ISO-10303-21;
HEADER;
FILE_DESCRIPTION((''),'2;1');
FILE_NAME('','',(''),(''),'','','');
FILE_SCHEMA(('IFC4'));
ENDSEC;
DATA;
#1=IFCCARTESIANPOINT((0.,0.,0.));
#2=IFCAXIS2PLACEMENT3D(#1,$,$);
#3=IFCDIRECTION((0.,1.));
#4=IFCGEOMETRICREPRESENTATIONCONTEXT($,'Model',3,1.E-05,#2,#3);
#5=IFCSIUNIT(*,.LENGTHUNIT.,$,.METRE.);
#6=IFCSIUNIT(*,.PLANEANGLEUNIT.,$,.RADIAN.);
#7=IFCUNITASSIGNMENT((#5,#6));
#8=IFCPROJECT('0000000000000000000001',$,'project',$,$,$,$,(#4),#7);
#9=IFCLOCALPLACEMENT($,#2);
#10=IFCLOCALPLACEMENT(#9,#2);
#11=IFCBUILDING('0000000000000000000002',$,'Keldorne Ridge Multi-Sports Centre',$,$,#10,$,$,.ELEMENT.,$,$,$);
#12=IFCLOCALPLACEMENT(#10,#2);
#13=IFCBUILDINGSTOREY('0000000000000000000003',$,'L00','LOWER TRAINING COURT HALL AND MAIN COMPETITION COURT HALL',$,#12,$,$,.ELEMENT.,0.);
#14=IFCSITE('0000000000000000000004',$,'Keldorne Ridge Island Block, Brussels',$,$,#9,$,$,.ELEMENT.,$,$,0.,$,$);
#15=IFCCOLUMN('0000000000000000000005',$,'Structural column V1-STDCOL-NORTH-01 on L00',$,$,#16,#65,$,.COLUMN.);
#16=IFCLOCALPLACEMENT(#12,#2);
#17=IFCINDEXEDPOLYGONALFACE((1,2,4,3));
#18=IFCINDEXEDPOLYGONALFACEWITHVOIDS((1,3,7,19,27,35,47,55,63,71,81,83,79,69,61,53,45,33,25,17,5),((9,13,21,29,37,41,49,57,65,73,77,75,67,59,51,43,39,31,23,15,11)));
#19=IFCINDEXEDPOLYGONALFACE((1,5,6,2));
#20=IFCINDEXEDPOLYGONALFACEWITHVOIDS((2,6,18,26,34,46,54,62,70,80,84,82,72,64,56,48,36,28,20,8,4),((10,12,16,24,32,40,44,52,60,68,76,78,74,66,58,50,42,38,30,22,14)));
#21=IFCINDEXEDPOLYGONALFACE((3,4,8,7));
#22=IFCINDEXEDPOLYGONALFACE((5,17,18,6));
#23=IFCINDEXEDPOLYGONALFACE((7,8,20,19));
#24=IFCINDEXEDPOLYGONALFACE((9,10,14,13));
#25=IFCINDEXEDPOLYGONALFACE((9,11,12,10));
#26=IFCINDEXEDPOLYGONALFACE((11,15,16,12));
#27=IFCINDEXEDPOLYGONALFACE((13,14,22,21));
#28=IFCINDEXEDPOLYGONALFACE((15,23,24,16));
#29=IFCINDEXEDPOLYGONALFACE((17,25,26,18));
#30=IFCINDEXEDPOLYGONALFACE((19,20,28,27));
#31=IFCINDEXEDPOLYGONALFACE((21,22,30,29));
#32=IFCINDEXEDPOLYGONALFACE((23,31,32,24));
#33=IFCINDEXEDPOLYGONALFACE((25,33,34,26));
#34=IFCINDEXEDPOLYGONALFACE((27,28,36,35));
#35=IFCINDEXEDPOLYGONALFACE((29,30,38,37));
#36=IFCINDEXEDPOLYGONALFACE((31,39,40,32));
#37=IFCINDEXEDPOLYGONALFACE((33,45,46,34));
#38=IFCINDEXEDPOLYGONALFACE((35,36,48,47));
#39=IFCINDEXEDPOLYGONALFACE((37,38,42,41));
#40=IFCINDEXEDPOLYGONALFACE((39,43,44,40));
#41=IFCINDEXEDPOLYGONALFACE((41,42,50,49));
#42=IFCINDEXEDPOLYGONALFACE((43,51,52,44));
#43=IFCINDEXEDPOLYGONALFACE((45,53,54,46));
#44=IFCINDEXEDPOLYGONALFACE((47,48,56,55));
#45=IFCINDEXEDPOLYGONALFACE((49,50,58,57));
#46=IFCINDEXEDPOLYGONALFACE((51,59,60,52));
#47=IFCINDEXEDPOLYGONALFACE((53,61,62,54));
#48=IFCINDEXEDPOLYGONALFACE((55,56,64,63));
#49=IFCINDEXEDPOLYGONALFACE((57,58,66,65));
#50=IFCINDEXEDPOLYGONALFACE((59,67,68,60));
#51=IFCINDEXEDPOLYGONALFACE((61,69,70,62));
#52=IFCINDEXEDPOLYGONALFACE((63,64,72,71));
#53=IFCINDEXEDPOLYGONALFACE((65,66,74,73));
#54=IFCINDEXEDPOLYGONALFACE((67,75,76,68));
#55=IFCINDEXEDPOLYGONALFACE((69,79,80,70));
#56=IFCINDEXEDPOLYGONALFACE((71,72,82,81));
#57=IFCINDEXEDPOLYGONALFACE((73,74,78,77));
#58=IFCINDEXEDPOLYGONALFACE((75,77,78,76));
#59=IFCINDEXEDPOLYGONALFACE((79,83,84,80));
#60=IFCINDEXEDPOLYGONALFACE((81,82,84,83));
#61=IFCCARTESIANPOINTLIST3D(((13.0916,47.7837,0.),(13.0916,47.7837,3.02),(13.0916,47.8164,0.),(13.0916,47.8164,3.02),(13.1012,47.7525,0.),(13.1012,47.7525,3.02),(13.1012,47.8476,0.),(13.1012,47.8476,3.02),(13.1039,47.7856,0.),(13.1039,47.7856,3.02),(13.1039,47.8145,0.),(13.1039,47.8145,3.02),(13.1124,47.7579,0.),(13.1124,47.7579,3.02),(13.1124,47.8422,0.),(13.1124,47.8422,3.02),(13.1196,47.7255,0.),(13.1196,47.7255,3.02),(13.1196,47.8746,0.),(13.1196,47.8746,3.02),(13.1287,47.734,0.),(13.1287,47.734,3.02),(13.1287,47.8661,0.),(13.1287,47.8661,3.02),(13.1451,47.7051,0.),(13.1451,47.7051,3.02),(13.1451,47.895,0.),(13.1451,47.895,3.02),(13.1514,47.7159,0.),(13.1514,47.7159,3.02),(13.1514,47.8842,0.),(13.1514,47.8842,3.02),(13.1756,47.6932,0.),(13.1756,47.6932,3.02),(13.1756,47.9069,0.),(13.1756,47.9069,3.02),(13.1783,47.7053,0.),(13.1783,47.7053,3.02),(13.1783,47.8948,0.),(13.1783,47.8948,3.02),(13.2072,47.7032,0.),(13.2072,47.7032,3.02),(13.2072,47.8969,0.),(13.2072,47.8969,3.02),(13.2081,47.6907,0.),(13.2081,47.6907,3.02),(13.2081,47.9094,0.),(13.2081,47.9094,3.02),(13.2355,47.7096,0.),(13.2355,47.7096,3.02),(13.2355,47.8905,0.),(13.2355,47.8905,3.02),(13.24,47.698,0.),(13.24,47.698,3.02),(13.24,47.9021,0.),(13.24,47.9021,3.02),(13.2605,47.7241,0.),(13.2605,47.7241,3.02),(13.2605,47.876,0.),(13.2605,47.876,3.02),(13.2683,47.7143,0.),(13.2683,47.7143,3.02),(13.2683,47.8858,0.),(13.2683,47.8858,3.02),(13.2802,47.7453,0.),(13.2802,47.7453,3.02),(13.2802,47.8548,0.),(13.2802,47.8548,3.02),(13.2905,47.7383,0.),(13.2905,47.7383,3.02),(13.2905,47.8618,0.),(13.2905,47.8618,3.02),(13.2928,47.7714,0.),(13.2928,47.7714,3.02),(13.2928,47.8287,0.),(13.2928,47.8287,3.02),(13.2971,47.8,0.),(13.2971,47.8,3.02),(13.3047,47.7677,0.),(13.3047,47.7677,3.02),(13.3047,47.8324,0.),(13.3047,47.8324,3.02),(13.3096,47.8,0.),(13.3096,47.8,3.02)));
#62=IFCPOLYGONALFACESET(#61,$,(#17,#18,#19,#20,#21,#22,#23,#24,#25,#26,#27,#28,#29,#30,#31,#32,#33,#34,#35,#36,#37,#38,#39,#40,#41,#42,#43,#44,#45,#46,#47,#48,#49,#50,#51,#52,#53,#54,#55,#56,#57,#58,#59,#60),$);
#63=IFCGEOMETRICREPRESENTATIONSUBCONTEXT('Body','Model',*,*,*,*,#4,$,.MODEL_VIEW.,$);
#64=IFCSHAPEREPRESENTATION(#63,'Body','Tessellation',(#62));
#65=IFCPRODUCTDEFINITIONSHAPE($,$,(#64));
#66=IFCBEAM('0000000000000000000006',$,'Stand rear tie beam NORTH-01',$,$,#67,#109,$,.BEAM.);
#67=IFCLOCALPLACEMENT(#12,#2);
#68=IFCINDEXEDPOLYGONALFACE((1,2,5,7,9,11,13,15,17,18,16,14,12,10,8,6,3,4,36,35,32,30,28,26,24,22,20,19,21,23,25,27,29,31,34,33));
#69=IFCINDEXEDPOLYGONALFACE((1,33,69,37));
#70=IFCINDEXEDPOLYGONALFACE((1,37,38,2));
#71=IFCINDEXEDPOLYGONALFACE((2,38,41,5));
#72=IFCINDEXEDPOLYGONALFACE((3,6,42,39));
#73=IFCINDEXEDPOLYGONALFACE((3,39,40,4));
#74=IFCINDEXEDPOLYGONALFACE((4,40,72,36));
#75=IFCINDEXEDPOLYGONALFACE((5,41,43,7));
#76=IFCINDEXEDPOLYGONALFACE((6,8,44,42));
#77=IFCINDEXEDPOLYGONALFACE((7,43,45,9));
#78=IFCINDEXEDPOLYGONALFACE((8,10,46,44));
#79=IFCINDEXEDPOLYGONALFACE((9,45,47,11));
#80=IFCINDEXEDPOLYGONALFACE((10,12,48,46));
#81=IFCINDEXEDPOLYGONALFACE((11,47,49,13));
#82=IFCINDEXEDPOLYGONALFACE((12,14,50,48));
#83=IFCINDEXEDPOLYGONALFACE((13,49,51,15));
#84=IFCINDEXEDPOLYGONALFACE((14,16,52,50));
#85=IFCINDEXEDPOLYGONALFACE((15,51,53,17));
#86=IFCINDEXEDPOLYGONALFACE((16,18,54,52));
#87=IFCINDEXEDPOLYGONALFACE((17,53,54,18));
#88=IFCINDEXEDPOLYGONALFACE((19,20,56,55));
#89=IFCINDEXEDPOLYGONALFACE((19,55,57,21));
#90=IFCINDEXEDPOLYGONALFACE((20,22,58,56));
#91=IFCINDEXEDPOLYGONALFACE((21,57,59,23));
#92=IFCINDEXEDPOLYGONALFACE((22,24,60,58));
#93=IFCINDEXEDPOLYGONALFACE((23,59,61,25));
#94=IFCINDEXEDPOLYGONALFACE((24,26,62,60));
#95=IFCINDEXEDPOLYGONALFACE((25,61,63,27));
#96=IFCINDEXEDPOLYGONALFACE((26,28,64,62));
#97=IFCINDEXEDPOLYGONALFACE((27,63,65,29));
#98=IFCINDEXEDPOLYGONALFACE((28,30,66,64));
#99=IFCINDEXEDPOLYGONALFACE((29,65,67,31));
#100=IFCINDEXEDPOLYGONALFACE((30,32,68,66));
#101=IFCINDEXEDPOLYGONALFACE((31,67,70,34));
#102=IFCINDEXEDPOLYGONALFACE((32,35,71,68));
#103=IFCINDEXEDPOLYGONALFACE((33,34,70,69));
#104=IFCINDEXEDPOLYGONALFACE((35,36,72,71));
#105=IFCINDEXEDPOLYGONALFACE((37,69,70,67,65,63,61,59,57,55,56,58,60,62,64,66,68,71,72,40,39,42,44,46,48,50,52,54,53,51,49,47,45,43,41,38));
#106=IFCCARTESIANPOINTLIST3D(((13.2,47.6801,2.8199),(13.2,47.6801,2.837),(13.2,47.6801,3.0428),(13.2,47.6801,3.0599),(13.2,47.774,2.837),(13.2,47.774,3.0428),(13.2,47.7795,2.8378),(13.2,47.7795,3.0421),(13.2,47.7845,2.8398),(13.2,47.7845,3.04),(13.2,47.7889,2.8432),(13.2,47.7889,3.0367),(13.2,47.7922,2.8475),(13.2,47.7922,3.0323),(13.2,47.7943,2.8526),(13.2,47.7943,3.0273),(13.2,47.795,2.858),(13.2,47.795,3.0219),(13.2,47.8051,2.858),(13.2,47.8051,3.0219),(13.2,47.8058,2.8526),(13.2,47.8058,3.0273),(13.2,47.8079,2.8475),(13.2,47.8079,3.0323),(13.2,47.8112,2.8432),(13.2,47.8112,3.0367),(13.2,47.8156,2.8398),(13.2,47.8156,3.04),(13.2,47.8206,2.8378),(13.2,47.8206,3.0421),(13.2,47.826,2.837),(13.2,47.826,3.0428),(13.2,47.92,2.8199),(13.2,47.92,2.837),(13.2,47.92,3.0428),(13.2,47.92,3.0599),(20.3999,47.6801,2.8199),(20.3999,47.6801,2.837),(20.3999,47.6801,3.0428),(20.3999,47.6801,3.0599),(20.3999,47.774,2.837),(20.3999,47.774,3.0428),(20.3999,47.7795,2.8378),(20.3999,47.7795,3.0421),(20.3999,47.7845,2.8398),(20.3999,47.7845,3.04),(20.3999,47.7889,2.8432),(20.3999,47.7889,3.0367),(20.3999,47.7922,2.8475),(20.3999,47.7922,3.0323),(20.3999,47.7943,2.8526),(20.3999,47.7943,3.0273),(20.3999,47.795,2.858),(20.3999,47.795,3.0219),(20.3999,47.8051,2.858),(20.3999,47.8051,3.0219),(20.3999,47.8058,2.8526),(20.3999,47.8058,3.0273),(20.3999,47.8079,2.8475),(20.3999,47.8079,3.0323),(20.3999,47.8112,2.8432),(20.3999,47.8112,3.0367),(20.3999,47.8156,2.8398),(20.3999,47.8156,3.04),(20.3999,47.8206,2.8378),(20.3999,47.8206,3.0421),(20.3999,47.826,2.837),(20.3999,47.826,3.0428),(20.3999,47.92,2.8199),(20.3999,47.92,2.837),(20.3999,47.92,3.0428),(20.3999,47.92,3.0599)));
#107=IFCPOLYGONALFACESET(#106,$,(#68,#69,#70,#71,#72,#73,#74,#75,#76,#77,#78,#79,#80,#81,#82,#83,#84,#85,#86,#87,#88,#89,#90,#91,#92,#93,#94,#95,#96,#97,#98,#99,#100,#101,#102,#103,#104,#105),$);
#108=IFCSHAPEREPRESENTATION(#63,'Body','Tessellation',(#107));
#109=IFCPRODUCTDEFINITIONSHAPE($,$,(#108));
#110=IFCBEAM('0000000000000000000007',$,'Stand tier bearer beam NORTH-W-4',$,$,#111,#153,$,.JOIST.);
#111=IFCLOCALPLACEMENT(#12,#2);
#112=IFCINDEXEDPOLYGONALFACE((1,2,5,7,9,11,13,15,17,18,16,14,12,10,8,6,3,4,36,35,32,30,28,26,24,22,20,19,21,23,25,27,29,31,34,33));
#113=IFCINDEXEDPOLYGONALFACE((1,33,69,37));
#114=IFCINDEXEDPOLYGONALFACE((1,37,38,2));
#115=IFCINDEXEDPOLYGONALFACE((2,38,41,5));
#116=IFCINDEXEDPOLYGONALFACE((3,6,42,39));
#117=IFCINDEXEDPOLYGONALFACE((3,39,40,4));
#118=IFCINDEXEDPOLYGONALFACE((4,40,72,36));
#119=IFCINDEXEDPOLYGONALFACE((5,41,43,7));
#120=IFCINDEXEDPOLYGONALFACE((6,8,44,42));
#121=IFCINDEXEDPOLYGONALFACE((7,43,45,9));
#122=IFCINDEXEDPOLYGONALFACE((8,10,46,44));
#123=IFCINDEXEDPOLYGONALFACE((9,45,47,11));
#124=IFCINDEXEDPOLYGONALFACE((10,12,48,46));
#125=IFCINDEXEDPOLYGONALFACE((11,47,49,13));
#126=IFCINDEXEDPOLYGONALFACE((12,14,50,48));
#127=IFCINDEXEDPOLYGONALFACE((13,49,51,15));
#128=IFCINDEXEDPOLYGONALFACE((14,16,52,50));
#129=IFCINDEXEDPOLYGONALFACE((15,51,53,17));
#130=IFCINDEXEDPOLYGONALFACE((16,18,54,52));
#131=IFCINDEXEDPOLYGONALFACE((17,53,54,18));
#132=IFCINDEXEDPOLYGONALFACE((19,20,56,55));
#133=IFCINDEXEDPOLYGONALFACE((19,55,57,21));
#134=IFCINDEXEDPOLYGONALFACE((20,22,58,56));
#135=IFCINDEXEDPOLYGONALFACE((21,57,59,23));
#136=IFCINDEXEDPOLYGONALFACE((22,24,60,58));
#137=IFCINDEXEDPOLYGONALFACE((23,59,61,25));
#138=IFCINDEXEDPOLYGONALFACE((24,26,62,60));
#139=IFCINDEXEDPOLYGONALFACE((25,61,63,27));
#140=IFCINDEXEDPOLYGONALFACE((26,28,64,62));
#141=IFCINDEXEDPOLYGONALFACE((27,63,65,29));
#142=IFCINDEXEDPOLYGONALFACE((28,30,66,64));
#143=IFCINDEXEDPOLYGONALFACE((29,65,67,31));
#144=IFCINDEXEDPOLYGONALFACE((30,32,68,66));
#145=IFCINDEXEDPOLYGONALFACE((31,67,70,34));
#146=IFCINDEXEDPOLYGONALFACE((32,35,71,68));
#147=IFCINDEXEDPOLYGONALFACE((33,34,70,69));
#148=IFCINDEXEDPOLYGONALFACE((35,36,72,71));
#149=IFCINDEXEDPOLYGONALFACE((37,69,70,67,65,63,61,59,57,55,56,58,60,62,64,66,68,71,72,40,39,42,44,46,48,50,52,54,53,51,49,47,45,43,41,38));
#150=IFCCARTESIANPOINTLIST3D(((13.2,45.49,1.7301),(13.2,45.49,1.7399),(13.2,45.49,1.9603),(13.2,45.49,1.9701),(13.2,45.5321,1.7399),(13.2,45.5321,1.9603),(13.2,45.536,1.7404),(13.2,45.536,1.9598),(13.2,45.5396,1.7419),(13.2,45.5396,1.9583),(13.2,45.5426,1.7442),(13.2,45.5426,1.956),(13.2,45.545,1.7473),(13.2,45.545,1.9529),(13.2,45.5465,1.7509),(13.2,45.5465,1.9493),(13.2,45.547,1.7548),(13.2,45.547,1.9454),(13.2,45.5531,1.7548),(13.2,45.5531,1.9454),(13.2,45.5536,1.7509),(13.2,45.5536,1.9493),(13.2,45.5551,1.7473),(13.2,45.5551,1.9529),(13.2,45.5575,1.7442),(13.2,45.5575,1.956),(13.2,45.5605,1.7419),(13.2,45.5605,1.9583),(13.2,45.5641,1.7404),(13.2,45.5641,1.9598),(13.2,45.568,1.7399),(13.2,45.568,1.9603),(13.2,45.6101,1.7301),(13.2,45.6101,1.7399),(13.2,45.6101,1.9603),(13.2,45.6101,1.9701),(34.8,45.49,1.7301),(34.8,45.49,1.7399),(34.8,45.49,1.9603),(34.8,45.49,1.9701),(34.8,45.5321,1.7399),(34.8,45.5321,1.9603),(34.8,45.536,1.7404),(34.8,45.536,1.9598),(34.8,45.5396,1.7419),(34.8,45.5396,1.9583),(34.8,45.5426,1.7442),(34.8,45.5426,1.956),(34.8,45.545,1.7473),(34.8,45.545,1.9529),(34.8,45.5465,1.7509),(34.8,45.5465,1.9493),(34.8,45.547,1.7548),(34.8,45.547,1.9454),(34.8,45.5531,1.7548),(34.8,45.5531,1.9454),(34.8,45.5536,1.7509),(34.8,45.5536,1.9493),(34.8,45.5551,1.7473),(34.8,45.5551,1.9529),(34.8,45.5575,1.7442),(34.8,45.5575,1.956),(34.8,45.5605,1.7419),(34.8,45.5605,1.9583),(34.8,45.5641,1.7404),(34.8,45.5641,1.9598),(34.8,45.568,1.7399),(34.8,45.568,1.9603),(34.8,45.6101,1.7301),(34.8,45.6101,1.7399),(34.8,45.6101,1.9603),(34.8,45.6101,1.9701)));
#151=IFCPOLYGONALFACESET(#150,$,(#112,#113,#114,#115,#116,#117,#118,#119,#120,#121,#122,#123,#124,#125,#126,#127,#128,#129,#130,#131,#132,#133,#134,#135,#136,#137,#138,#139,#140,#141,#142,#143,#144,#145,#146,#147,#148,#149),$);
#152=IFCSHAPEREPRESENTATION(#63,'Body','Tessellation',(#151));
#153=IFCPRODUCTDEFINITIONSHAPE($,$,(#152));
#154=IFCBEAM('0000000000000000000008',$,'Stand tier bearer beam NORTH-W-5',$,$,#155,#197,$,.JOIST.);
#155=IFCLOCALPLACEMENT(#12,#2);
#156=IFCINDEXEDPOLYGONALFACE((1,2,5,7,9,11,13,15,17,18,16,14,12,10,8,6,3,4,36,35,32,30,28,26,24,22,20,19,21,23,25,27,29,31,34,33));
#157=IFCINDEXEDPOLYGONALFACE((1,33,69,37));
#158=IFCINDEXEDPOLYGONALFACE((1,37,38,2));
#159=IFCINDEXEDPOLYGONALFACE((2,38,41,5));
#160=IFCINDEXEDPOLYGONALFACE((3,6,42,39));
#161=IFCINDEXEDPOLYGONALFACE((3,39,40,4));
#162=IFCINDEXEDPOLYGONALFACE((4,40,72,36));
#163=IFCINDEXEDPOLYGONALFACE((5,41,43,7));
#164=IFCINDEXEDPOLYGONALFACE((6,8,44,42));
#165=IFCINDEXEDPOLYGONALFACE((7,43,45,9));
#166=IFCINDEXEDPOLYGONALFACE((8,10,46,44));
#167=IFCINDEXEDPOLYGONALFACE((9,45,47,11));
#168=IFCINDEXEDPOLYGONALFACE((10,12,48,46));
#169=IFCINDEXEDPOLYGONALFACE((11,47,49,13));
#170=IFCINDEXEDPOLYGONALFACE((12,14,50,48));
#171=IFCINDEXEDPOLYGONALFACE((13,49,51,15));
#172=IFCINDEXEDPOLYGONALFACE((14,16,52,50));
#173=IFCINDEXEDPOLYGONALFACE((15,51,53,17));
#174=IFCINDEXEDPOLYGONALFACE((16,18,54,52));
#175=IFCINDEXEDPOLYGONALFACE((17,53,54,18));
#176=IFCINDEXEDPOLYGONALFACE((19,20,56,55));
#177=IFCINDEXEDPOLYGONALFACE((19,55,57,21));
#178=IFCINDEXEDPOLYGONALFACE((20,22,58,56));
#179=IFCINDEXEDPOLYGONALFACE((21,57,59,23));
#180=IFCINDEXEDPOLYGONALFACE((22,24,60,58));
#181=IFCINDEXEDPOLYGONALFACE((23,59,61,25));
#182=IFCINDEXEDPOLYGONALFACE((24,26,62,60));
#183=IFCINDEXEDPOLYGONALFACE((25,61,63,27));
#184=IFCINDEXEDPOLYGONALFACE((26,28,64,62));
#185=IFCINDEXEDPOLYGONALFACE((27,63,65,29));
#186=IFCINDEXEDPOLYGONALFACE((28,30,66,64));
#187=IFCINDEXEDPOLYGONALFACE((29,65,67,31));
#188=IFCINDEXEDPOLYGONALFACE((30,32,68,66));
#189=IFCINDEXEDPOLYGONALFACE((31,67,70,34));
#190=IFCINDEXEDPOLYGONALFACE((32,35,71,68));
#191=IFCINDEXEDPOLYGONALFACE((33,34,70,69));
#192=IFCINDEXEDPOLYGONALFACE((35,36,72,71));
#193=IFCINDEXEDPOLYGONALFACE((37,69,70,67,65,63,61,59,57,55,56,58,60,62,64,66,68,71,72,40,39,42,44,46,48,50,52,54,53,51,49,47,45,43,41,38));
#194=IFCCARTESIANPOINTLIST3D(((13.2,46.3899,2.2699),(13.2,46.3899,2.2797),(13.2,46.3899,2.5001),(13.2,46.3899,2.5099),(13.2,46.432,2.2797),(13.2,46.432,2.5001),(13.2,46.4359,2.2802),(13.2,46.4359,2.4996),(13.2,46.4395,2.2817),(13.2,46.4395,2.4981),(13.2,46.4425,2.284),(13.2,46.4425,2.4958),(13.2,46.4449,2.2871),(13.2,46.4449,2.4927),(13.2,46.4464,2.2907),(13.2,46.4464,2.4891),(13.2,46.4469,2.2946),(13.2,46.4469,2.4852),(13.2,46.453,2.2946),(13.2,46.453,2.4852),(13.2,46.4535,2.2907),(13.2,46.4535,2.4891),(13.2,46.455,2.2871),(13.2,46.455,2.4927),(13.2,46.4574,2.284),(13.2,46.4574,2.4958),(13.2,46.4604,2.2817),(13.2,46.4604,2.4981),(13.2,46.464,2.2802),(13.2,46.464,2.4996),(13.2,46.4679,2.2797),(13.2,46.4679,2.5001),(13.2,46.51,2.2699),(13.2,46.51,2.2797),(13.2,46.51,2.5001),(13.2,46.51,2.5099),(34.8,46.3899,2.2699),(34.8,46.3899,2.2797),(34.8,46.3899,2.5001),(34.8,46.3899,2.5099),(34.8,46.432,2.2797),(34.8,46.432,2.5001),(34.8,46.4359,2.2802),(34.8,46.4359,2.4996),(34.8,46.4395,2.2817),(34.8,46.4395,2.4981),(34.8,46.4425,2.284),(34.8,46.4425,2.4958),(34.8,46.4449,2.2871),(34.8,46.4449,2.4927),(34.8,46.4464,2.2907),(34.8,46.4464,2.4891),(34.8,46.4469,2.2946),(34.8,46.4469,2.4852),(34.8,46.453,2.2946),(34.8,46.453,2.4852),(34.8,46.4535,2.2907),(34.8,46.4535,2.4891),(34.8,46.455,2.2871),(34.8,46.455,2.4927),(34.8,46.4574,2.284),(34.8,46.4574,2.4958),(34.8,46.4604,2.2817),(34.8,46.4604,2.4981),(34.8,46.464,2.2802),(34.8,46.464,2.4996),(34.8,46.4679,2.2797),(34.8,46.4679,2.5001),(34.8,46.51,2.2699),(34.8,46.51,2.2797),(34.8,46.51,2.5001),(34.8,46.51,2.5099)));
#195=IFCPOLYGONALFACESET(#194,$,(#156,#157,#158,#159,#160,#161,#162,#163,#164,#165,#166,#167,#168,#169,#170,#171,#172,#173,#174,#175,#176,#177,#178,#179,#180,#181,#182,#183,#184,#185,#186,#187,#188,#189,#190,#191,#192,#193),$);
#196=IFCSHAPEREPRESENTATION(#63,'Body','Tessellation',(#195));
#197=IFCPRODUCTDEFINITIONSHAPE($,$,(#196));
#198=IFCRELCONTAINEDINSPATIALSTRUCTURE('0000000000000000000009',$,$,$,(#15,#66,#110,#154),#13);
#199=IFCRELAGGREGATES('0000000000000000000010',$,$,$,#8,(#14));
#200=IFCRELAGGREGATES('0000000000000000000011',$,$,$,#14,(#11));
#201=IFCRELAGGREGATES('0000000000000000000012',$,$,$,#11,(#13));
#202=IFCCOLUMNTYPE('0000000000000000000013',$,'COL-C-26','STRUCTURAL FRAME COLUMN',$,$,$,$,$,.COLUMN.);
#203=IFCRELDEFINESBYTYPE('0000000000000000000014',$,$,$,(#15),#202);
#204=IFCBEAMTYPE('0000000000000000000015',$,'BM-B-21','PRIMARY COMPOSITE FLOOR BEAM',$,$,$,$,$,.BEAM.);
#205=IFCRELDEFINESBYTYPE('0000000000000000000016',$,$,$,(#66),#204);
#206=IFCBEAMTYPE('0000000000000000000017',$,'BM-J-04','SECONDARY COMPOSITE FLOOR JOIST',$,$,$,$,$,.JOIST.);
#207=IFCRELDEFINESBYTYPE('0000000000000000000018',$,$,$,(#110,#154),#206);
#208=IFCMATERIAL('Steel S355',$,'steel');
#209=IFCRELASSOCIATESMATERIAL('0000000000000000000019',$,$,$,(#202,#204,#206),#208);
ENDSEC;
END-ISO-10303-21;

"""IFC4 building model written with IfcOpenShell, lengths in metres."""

from ifc_helpers import new_model, si_unit, direction, frame, origin, origin_2d, place, context, subcontext, project, spatial, hollow_circle, i_section, extrude, material, material_profile, profile_set, type_object, element, save


model = new_model("IFC4")

# Units and contexts
model_context = context("Model", 3, precision=1e-05, world=origin(), true_north=direction((0.0, 1.0)))
body_context = subcontext(model_context, "Body", "Model", "MODEL_VIEW")
ifc_project = project(units=[si_unit("LENGTHUNIT", "METRE"), si_unit("PLANEANGLEUNIT", "RADIAN")], contexts=[model_context])

# Site, building, storey
site_placement = place(None, origin())
site = spatial("IfcSite", under=ifc_project, at=site_placement, Name="Keldorne Ridge Island Block, Brussels", CompositionType="ELEMENT", RefElevation=0.0)
building_placement = place(site_placement, origin())
building = spatial("IfcBuilding", under=site, at=building_placement, Name="Keldorne Ridge Multi-Sports Centre", CompositionType="ELEMENT")
storey_placement = place(building_placement, origin())
storey = spatial("IfcBuildingStorey", under=building, at=storey_placement, Name="L00", Description="LOWER TRAINING COURT HALL AND MAIN COMPETITION COURT HALL", CompositionType="ELEMENT", Elevation=0.0)

# Column
ifc_material_1 = material(Name="Steel S355", Category="steel")
ifc_material_profile_1 = material_profile(ifc_material_1, hollow_circle(Radius=0.1096, WallThickness=0.0125, at=origin_2d()), Name="CHS 219.1x12.5")
ifc_profile_set_1 = profile_set([ifc_material_profile_1], Name="Steel S355")
column_type_1 = type_object("IfcColumnType", Name="COL-C-26", Description="STRUCTURAL FRAME COLUMN", PredefinedType="COLUMN", material=ifc_profile_set_1)
column_1_placement = place(storey_placement, frame((13.2, 47.8, 0.0), z_axis=(0.0, 0.0, 1.0), x_axis=(1.0, 0.0, 0.0)))
element("IfcColumn", 1, at=column_1_placement, inside=storey, type_object=column_type_1, Name="Structural column V1-STDCOL-NORTH-01 on L00", PredefinedType="COLUMN", context=body_context, shape_type="SweptSolid", body=[
    extrude(hollow_circle(Radius=0.1096, WallThickness=0.0125, at=origin_2d()), origin(), (0.0, 0.0, 1.0), 3.02),
])

# Beams
ifc_material_profile_2 = material_profile(ifc_material_1, i_section(OverallWidth=0.24, OverallDepth=0.24, WebThickness=0.01, FlangeThickness=0.0171, FilletRadius=0.021, at=origin_2d()), Name="HEB 240")
ifc_profile_set_2 = profile_set([ifc_material_profile_2], Name="Steel S355")
beam_type_1 = type_object("IfcBeamType", Name="BM-B-21", Description="PRIMARY COMPOSITE FLOOR BEAM", PredefinedType="BEAM", material=ifc_profile_set_2)
beam_placement = place(storey_placement, frame((13.2, 47.8, 2.9399), z_axis=(1.0, 0.0, 0.0), x_axis=(0.0, 1.0, 0.0)))
element("IfcBeam", 2, at=beam_placement, inside=storey, type_object=beam_type_1, Name="Stand rear tie beam NORTH-01", PredefinedType="BEAM", context=body_context, shape_type="SweptSolid", body=[
    extrude(i_section(OverallWidth=0.24, OverallDepth=0.24, WebThickness=0.01, FlangeThickness=0.0171, FilletRadius=0.021, at=origin_2d()), origin(), (0.0, 0.0, 1.0), 7.2),
])
ifc_material_profile_3 = material_profile(ifc_material_1, i_section(OverallWidth=0.1201, OverallDepth=0.24, WebThickness=0.0061, FlangeThickness=0.0098, FilletRadius=0.0149, at=origin_2d()), Name="IPE 240")
ifc_profile_set_3 = profile_set([ifc_material_profile_3], Name="Steel S355")
beam_type_2 = type_object("IfcBeamType", Name="BM-J-04", Description="SECONDARY COMPOSITE FLOOR JOIST", PredefinedType="JOIST", material=ifc_profile_set_3)
for number, where, z_axis, x_axis, name in (
    (3, (13.2, 45.55, 1.8501), (1.0, 0.0, 0.0), (0.0, 1.0, 0.0), "Stand tier bearer beam NORTH-W-4"),
    (4, (13.2, 46.45, 2.3899), (1.0, 0.0, 0.0), (0.0, 1.0, 0.0), "Stand tier bearer beam NORTH-W-5"),
):
    element("IfcBeam", number, at=place(storey_placement, frame(where, z_axis=z_axis, x_axis=x_axis)), inside=storey, type_object=beam_type_2, Name=name, PredefinedType="JOIST", context=body_context, shape_type="SweptSolid", body=[
        extrude(i_section(OverallWidth=0.1201, OverallDepth=0.24, WebThickness=0.0061, FlangeThickness=0.0098, FilletRadius=0.0149, at=origin_2d()), origin(), (0.0, 0.0, 1.0), 21.6001),
    ])

save(model, "model.ifc")
